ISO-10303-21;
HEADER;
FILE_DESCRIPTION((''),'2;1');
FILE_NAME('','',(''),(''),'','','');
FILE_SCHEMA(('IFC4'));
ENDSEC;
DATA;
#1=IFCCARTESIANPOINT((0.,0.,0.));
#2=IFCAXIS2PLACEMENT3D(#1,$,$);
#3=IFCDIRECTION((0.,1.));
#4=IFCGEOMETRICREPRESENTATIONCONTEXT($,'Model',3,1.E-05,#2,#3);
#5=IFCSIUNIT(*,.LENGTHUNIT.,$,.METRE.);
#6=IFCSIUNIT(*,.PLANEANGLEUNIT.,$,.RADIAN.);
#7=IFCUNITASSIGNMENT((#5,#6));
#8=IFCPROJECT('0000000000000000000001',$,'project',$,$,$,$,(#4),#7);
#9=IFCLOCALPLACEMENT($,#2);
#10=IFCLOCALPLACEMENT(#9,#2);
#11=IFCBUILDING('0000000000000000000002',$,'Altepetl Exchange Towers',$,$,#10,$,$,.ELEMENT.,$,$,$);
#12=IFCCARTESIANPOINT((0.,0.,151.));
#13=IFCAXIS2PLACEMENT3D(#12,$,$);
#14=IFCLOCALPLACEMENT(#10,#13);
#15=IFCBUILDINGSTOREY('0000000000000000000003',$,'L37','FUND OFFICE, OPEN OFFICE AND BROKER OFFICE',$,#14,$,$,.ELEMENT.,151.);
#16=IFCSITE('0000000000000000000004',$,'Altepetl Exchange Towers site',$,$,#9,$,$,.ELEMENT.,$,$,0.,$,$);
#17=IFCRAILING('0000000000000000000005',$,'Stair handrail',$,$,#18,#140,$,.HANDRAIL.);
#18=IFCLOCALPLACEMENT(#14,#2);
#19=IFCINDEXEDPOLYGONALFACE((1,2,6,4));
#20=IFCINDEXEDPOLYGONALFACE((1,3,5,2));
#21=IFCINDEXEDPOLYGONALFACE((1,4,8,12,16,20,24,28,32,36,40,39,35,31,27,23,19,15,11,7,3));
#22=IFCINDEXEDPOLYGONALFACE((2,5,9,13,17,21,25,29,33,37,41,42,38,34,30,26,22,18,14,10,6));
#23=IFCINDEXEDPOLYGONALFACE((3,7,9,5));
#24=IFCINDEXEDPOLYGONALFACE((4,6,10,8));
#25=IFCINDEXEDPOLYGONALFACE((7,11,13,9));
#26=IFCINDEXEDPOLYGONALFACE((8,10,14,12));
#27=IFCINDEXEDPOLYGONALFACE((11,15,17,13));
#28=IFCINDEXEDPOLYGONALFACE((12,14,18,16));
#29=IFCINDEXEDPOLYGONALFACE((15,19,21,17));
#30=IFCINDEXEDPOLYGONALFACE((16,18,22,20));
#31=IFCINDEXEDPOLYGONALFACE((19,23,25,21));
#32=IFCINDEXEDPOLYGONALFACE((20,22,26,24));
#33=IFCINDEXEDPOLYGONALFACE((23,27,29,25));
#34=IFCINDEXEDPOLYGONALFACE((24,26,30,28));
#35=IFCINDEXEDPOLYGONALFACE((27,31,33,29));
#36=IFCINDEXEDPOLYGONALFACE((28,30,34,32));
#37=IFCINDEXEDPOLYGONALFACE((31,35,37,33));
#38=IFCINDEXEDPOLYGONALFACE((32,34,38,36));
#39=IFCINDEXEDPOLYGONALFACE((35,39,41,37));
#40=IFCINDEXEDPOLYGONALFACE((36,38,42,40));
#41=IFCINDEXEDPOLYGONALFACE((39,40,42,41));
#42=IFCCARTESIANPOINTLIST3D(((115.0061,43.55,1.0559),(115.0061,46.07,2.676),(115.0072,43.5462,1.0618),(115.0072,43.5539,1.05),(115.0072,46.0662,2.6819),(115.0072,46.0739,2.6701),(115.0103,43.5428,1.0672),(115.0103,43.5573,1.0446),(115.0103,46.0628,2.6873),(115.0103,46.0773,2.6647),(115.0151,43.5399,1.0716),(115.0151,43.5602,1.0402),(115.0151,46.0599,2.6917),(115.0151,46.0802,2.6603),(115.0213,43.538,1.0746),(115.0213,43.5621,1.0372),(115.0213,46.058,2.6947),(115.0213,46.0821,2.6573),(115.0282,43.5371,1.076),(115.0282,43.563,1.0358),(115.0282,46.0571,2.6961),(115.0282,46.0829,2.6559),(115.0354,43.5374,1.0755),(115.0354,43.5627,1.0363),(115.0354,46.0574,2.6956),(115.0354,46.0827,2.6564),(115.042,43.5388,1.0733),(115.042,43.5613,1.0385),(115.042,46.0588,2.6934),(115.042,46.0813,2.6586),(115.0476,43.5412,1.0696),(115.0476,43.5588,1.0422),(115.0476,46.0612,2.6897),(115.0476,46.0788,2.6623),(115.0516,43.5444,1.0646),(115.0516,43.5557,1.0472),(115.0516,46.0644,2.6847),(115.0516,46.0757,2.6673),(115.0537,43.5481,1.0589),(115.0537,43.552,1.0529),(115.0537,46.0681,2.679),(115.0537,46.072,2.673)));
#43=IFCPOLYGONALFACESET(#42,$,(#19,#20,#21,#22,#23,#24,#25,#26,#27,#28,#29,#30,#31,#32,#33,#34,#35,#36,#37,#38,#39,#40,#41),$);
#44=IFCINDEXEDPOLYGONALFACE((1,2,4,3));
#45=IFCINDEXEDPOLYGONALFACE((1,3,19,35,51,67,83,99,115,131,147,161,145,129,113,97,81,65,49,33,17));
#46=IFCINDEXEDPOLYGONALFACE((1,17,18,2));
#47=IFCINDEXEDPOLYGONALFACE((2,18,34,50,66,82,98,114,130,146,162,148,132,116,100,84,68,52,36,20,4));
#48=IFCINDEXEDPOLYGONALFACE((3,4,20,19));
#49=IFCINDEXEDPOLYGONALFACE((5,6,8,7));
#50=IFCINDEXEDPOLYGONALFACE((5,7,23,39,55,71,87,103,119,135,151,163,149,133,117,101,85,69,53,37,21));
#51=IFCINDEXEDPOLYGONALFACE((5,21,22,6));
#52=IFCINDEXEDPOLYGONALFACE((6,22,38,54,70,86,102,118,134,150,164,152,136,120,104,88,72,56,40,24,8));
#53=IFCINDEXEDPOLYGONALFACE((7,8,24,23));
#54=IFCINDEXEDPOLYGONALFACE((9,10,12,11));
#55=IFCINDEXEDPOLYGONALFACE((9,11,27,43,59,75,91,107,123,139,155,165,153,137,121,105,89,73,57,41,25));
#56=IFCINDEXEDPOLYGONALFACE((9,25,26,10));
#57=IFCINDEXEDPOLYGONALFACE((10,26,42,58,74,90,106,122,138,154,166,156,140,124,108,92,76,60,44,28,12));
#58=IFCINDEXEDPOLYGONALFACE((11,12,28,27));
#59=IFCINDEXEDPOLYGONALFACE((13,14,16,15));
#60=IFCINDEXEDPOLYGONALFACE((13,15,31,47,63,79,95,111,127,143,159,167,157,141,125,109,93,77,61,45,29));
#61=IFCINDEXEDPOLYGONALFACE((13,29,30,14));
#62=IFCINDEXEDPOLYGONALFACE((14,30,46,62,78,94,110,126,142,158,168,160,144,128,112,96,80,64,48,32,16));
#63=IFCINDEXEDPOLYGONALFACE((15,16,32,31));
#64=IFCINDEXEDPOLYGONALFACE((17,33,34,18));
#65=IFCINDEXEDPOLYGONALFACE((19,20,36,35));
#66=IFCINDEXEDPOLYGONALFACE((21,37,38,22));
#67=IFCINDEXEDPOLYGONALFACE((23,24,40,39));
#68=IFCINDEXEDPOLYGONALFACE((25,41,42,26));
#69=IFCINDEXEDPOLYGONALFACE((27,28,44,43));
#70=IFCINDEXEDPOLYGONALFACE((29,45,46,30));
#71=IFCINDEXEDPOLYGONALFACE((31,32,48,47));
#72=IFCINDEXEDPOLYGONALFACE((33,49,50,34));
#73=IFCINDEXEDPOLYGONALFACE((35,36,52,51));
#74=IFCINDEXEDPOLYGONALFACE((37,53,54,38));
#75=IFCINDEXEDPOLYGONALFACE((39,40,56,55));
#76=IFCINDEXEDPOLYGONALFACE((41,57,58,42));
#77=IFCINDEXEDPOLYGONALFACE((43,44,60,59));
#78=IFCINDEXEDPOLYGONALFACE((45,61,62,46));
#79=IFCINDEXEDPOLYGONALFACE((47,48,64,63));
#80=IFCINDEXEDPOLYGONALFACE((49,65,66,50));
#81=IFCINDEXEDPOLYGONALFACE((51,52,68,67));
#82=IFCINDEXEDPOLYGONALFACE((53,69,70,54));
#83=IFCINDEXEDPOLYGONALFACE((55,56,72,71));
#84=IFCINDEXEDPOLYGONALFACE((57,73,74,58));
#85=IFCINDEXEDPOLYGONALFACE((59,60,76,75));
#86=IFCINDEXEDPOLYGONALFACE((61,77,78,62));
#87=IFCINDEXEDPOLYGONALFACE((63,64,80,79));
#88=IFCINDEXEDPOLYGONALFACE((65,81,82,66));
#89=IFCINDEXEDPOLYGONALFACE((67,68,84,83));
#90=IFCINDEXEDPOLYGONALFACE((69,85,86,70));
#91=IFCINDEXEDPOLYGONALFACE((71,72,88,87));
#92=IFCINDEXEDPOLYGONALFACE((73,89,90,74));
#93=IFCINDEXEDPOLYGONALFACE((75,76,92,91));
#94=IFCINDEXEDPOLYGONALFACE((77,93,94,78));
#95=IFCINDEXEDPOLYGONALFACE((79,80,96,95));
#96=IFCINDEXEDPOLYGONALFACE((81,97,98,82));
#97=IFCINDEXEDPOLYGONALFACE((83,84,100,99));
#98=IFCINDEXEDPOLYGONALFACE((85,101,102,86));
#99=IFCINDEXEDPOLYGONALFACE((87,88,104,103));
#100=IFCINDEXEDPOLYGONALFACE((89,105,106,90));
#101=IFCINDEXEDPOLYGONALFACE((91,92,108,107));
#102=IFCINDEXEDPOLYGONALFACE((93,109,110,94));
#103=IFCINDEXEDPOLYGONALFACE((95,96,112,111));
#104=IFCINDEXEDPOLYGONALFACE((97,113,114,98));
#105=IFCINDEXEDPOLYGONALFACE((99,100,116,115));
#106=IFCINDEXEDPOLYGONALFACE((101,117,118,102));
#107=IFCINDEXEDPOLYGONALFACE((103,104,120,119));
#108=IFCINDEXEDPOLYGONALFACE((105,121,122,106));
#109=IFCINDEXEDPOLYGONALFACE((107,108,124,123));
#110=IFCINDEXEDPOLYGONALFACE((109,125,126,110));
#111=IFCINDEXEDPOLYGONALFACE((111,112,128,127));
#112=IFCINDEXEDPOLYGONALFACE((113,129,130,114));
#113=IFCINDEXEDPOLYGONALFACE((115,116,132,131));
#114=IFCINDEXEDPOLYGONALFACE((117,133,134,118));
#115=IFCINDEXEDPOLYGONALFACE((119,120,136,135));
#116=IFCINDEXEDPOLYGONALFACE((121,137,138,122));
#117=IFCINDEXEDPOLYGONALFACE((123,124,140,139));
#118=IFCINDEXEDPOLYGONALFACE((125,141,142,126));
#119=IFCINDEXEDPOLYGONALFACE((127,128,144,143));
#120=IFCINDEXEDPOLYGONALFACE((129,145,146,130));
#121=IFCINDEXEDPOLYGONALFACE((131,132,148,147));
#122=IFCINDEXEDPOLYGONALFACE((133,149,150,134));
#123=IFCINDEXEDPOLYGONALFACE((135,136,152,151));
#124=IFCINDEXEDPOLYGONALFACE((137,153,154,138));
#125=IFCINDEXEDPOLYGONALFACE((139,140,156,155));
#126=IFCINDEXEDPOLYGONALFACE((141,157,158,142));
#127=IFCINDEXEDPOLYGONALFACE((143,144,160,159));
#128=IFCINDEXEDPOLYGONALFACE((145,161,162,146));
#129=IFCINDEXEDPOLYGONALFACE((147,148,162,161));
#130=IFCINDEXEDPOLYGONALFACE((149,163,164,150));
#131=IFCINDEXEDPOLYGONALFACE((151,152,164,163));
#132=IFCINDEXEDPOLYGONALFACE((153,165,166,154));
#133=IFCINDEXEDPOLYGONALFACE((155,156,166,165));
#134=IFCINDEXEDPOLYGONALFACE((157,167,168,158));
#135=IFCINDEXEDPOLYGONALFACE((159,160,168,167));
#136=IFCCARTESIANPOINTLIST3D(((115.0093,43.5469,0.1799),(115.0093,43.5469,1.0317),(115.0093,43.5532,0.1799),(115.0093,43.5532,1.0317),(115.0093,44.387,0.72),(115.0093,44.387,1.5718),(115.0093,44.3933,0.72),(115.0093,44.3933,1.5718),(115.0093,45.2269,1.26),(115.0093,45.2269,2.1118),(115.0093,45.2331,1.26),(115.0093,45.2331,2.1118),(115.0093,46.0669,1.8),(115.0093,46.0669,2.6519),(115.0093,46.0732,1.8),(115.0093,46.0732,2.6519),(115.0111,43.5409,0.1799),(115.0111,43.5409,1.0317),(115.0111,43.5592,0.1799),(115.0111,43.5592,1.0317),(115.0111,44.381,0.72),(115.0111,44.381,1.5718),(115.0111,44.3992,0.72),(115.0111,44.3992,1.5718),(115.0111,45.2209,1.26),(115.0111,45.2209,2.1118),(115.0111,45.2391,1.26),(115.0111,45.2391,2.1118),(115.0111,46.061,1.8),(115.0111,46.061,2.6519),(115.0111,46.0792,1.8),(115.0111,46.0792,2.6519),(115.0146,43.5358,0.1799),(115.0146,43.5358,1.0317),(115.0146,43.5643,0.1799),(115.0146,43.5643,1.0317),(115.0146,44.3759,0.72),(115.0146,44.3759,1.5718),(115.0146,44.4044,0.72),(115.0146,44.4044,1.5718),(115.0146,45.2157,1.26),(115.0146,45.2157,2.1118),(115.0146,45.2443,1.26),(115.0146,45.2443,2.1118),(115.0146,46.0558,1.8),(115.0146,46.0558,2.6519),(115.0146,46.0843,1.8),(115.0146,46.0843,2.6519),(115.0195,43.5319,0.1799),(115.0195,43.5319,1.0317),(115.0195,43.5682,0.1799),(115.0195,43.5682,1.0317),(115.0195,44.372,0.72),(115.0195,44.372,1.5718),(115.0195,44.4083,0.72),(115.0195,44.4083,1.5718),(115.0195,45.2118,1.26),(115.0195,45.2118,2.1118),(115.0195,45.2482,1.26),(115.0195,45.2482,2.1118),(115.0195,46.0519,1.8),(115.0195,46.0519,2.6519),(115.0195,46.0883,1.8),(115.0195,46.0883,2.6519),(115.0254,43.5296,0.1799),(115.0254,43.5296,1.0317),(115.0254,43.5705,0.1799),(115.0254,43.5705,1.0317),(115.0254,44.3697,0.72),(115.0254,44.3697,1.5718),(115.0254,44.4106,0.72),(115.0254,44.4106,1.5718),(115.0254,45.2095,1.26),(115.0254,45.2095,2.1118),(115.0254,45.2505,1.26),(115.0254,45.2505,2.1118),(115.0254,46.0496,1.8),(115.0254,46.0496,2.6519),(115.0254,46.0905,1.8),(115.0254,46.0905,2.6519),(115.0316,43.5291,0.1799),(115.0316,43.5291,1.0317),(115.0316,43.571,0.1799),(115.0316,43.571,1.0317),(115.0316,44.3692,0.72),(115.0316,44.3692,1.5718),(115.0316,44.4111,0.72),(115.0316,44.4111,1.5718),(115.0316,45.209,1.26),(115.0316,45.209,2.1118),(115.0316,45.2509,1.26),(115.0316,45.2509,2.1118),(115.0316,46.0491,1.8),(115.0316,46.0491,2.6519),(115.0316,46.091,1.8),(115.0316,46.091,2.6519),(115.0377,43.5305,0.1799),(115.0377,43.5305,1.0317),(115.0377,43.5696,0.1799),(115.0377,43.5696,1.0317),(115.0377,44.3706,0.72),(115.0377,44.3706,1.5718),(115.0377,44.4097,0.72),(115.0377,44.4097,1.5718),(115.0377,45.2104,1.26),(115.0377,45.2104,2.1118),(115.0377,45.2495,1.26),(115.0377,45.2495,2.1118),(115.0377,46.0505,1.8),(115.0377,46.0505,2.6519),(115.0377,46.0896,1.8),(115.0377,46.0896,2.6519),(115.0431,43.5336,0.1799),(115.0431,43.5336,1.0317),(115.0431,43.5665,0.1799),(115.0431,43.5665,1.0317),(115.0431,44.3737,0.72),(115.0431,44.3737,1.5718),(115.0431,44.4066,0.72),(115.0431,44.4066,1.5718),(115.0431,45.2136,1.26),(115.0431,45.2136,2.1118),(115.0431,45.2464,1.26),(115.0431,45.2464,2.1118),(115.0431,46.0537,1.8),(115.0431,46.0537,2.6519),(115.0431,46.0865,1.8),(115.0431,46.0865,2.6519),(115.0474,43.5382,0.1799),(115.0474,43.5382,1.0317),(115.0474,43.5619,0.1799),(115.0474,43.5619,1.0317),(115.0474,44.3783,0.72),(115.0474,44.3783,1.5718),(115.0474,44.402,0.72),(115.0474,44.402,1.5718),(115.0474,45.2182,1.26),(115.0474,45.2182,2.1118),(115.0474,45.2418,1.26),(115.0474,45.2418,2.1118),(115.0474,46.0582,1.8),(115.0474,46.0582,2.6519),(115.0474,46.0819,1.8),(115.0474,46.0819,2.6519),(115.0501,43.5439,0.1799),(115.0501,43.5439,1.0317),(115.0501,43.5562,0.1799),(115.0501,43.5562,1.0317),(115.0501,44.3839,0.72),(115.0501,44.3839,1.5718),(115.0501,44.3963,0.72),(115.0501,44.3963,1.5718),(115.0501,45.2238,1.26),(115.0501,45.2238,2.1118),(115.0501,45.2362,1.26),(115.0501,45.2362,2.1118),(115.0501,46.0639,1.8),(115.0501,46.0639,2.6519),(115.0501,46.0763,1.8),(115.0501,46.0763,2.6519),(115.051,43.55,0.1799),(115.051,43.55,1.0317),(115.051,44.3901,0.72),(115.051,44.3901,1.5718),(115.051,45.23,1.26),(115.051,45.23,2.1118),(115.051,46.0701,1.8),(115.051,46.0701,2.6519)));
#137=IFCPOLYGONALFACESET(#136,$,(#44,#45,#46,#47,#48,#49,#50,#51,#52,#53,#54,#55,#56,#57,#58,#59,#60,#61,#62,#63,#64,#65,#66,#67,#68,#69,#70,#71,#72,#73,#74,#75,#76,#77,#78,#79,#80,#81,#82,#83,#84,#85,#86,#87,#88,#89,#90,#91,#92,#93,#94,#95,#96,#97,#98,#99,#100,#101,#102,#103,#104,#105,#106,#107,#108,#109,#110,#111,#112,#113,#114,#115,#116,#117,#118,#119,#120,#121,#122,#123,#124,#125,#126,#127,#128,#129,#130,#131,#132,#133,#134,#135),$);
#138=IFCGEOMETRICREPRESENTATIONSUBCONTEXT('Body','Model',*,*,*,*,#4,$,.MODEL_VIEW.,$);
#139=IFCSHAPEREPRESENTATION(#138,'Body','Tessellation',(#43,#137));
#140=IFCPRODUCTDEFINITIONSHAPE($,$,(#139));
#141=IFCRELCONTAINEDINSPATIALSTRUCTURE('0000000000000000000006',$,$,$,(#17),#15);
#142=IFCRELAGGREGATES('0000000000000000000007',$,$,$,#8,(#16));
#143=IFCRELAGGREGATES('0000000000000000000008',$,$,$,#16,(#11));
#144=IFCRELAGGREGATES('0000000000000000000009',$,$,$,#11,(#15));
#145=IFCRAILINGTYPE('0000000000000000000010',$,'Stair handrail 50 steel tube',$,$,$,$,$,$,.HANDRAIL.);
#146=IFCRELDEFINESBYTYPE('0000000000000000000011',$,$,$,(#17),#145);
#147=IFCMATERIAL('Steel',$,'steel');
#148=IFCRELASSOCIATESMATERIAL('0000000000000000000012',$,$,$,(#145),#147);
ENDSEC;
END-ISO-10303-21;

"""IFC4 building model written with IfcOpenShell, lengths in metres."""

from ifc_helpers import new_model, si_unit, direction, frame, origin, origin_2d, place, context, subcontext, project, spatial, circle, extrude, source, transform, mapped, material, type_object, element, save


model = new_model("IFC4")

# Units and contexts
model_context = context("Model", 3, precision=1e-05, world=origin(), true_north=direction((0.0, 1.0)))
body_context = subcontext(model_context, "Body", "Model", "MODEL_VIEW")
ifc_project = project(units=[si_unit("LENGTHUNIT", "METRE"), si_unit("PLANEANGLEUNIT", "RADIAN")], contexts=[model_context])

# Site, building, storey
site_placement = place(None, origin())
site = spatial("IfcSite", under=ifc_project, at=site_placement, Name="Altepetl Exchange Towers site", CompositionType="ELEMENT", RefElevation=0.0)
building_placement = place(site_placement, origin())
building = spatial("IfcBuilding", under=site, at=building_placement, Name="Altepetl Exchange Towers", CompositionType="ELEMENT")
storey_placement = place(building_placement, frame((0.0, 0.0, 151.0)))
storey = spatial("IfcBuildingStorey", under=building, at=storey_placement, Name="L37", Description="FUND OFFICE, OPEN OFFICE AND BROKER OFFICE", CompositionType="ELEMENT", Elevation=151.0)

# Railing
ifc_material_1 = material(Name="Steel", Category="steel")
railing_type = type_object("IfcRailingType", Name="Stair handrail 50 steel tube", PredefinedType="HANDRAIL", material=ifc_material_1)
shared_shape = source(origin(), body_context, "Body", "SweptSolid", [
    extrude(circle(Radius=0.021, at=origin_2d()), origin(), (0.0, 0.0, 1.0), 0.8518),
])
railing_1_placement = place(storey_placement, frame((115.03, 43.55, 0.1799)))
element("IfcRailing", 1, at=railing_1_placement, inside=storey, type_object=railing_type, Name="Stair handrail", PredefinedType="HANDRAIL", context=body_context, shape_type="SweptSolid", body=[
    extrude(circle(Radius=0.0239, at=origin_2d()), frame((0.0, 0.0, 0.876), z_axis=(0.0, 0.841163, 0.540782), x_axis=(-1.0, 0.0, 0.0)), (0.0, 0.0, 1.0), 2.9958),
    mapped(shared_shape, transform((0.0, 0.0, 0.0))),
    mapped(shared_shape, transform((0.0, 0.8401, 0.54))),
    mapped(shared_shape, transform((0.0, 1.6799, 1.0801))),
    mapped(shared_shape, transform((0.0, 2.52, 1.6201))),
])

save(model, "model.ifc")
